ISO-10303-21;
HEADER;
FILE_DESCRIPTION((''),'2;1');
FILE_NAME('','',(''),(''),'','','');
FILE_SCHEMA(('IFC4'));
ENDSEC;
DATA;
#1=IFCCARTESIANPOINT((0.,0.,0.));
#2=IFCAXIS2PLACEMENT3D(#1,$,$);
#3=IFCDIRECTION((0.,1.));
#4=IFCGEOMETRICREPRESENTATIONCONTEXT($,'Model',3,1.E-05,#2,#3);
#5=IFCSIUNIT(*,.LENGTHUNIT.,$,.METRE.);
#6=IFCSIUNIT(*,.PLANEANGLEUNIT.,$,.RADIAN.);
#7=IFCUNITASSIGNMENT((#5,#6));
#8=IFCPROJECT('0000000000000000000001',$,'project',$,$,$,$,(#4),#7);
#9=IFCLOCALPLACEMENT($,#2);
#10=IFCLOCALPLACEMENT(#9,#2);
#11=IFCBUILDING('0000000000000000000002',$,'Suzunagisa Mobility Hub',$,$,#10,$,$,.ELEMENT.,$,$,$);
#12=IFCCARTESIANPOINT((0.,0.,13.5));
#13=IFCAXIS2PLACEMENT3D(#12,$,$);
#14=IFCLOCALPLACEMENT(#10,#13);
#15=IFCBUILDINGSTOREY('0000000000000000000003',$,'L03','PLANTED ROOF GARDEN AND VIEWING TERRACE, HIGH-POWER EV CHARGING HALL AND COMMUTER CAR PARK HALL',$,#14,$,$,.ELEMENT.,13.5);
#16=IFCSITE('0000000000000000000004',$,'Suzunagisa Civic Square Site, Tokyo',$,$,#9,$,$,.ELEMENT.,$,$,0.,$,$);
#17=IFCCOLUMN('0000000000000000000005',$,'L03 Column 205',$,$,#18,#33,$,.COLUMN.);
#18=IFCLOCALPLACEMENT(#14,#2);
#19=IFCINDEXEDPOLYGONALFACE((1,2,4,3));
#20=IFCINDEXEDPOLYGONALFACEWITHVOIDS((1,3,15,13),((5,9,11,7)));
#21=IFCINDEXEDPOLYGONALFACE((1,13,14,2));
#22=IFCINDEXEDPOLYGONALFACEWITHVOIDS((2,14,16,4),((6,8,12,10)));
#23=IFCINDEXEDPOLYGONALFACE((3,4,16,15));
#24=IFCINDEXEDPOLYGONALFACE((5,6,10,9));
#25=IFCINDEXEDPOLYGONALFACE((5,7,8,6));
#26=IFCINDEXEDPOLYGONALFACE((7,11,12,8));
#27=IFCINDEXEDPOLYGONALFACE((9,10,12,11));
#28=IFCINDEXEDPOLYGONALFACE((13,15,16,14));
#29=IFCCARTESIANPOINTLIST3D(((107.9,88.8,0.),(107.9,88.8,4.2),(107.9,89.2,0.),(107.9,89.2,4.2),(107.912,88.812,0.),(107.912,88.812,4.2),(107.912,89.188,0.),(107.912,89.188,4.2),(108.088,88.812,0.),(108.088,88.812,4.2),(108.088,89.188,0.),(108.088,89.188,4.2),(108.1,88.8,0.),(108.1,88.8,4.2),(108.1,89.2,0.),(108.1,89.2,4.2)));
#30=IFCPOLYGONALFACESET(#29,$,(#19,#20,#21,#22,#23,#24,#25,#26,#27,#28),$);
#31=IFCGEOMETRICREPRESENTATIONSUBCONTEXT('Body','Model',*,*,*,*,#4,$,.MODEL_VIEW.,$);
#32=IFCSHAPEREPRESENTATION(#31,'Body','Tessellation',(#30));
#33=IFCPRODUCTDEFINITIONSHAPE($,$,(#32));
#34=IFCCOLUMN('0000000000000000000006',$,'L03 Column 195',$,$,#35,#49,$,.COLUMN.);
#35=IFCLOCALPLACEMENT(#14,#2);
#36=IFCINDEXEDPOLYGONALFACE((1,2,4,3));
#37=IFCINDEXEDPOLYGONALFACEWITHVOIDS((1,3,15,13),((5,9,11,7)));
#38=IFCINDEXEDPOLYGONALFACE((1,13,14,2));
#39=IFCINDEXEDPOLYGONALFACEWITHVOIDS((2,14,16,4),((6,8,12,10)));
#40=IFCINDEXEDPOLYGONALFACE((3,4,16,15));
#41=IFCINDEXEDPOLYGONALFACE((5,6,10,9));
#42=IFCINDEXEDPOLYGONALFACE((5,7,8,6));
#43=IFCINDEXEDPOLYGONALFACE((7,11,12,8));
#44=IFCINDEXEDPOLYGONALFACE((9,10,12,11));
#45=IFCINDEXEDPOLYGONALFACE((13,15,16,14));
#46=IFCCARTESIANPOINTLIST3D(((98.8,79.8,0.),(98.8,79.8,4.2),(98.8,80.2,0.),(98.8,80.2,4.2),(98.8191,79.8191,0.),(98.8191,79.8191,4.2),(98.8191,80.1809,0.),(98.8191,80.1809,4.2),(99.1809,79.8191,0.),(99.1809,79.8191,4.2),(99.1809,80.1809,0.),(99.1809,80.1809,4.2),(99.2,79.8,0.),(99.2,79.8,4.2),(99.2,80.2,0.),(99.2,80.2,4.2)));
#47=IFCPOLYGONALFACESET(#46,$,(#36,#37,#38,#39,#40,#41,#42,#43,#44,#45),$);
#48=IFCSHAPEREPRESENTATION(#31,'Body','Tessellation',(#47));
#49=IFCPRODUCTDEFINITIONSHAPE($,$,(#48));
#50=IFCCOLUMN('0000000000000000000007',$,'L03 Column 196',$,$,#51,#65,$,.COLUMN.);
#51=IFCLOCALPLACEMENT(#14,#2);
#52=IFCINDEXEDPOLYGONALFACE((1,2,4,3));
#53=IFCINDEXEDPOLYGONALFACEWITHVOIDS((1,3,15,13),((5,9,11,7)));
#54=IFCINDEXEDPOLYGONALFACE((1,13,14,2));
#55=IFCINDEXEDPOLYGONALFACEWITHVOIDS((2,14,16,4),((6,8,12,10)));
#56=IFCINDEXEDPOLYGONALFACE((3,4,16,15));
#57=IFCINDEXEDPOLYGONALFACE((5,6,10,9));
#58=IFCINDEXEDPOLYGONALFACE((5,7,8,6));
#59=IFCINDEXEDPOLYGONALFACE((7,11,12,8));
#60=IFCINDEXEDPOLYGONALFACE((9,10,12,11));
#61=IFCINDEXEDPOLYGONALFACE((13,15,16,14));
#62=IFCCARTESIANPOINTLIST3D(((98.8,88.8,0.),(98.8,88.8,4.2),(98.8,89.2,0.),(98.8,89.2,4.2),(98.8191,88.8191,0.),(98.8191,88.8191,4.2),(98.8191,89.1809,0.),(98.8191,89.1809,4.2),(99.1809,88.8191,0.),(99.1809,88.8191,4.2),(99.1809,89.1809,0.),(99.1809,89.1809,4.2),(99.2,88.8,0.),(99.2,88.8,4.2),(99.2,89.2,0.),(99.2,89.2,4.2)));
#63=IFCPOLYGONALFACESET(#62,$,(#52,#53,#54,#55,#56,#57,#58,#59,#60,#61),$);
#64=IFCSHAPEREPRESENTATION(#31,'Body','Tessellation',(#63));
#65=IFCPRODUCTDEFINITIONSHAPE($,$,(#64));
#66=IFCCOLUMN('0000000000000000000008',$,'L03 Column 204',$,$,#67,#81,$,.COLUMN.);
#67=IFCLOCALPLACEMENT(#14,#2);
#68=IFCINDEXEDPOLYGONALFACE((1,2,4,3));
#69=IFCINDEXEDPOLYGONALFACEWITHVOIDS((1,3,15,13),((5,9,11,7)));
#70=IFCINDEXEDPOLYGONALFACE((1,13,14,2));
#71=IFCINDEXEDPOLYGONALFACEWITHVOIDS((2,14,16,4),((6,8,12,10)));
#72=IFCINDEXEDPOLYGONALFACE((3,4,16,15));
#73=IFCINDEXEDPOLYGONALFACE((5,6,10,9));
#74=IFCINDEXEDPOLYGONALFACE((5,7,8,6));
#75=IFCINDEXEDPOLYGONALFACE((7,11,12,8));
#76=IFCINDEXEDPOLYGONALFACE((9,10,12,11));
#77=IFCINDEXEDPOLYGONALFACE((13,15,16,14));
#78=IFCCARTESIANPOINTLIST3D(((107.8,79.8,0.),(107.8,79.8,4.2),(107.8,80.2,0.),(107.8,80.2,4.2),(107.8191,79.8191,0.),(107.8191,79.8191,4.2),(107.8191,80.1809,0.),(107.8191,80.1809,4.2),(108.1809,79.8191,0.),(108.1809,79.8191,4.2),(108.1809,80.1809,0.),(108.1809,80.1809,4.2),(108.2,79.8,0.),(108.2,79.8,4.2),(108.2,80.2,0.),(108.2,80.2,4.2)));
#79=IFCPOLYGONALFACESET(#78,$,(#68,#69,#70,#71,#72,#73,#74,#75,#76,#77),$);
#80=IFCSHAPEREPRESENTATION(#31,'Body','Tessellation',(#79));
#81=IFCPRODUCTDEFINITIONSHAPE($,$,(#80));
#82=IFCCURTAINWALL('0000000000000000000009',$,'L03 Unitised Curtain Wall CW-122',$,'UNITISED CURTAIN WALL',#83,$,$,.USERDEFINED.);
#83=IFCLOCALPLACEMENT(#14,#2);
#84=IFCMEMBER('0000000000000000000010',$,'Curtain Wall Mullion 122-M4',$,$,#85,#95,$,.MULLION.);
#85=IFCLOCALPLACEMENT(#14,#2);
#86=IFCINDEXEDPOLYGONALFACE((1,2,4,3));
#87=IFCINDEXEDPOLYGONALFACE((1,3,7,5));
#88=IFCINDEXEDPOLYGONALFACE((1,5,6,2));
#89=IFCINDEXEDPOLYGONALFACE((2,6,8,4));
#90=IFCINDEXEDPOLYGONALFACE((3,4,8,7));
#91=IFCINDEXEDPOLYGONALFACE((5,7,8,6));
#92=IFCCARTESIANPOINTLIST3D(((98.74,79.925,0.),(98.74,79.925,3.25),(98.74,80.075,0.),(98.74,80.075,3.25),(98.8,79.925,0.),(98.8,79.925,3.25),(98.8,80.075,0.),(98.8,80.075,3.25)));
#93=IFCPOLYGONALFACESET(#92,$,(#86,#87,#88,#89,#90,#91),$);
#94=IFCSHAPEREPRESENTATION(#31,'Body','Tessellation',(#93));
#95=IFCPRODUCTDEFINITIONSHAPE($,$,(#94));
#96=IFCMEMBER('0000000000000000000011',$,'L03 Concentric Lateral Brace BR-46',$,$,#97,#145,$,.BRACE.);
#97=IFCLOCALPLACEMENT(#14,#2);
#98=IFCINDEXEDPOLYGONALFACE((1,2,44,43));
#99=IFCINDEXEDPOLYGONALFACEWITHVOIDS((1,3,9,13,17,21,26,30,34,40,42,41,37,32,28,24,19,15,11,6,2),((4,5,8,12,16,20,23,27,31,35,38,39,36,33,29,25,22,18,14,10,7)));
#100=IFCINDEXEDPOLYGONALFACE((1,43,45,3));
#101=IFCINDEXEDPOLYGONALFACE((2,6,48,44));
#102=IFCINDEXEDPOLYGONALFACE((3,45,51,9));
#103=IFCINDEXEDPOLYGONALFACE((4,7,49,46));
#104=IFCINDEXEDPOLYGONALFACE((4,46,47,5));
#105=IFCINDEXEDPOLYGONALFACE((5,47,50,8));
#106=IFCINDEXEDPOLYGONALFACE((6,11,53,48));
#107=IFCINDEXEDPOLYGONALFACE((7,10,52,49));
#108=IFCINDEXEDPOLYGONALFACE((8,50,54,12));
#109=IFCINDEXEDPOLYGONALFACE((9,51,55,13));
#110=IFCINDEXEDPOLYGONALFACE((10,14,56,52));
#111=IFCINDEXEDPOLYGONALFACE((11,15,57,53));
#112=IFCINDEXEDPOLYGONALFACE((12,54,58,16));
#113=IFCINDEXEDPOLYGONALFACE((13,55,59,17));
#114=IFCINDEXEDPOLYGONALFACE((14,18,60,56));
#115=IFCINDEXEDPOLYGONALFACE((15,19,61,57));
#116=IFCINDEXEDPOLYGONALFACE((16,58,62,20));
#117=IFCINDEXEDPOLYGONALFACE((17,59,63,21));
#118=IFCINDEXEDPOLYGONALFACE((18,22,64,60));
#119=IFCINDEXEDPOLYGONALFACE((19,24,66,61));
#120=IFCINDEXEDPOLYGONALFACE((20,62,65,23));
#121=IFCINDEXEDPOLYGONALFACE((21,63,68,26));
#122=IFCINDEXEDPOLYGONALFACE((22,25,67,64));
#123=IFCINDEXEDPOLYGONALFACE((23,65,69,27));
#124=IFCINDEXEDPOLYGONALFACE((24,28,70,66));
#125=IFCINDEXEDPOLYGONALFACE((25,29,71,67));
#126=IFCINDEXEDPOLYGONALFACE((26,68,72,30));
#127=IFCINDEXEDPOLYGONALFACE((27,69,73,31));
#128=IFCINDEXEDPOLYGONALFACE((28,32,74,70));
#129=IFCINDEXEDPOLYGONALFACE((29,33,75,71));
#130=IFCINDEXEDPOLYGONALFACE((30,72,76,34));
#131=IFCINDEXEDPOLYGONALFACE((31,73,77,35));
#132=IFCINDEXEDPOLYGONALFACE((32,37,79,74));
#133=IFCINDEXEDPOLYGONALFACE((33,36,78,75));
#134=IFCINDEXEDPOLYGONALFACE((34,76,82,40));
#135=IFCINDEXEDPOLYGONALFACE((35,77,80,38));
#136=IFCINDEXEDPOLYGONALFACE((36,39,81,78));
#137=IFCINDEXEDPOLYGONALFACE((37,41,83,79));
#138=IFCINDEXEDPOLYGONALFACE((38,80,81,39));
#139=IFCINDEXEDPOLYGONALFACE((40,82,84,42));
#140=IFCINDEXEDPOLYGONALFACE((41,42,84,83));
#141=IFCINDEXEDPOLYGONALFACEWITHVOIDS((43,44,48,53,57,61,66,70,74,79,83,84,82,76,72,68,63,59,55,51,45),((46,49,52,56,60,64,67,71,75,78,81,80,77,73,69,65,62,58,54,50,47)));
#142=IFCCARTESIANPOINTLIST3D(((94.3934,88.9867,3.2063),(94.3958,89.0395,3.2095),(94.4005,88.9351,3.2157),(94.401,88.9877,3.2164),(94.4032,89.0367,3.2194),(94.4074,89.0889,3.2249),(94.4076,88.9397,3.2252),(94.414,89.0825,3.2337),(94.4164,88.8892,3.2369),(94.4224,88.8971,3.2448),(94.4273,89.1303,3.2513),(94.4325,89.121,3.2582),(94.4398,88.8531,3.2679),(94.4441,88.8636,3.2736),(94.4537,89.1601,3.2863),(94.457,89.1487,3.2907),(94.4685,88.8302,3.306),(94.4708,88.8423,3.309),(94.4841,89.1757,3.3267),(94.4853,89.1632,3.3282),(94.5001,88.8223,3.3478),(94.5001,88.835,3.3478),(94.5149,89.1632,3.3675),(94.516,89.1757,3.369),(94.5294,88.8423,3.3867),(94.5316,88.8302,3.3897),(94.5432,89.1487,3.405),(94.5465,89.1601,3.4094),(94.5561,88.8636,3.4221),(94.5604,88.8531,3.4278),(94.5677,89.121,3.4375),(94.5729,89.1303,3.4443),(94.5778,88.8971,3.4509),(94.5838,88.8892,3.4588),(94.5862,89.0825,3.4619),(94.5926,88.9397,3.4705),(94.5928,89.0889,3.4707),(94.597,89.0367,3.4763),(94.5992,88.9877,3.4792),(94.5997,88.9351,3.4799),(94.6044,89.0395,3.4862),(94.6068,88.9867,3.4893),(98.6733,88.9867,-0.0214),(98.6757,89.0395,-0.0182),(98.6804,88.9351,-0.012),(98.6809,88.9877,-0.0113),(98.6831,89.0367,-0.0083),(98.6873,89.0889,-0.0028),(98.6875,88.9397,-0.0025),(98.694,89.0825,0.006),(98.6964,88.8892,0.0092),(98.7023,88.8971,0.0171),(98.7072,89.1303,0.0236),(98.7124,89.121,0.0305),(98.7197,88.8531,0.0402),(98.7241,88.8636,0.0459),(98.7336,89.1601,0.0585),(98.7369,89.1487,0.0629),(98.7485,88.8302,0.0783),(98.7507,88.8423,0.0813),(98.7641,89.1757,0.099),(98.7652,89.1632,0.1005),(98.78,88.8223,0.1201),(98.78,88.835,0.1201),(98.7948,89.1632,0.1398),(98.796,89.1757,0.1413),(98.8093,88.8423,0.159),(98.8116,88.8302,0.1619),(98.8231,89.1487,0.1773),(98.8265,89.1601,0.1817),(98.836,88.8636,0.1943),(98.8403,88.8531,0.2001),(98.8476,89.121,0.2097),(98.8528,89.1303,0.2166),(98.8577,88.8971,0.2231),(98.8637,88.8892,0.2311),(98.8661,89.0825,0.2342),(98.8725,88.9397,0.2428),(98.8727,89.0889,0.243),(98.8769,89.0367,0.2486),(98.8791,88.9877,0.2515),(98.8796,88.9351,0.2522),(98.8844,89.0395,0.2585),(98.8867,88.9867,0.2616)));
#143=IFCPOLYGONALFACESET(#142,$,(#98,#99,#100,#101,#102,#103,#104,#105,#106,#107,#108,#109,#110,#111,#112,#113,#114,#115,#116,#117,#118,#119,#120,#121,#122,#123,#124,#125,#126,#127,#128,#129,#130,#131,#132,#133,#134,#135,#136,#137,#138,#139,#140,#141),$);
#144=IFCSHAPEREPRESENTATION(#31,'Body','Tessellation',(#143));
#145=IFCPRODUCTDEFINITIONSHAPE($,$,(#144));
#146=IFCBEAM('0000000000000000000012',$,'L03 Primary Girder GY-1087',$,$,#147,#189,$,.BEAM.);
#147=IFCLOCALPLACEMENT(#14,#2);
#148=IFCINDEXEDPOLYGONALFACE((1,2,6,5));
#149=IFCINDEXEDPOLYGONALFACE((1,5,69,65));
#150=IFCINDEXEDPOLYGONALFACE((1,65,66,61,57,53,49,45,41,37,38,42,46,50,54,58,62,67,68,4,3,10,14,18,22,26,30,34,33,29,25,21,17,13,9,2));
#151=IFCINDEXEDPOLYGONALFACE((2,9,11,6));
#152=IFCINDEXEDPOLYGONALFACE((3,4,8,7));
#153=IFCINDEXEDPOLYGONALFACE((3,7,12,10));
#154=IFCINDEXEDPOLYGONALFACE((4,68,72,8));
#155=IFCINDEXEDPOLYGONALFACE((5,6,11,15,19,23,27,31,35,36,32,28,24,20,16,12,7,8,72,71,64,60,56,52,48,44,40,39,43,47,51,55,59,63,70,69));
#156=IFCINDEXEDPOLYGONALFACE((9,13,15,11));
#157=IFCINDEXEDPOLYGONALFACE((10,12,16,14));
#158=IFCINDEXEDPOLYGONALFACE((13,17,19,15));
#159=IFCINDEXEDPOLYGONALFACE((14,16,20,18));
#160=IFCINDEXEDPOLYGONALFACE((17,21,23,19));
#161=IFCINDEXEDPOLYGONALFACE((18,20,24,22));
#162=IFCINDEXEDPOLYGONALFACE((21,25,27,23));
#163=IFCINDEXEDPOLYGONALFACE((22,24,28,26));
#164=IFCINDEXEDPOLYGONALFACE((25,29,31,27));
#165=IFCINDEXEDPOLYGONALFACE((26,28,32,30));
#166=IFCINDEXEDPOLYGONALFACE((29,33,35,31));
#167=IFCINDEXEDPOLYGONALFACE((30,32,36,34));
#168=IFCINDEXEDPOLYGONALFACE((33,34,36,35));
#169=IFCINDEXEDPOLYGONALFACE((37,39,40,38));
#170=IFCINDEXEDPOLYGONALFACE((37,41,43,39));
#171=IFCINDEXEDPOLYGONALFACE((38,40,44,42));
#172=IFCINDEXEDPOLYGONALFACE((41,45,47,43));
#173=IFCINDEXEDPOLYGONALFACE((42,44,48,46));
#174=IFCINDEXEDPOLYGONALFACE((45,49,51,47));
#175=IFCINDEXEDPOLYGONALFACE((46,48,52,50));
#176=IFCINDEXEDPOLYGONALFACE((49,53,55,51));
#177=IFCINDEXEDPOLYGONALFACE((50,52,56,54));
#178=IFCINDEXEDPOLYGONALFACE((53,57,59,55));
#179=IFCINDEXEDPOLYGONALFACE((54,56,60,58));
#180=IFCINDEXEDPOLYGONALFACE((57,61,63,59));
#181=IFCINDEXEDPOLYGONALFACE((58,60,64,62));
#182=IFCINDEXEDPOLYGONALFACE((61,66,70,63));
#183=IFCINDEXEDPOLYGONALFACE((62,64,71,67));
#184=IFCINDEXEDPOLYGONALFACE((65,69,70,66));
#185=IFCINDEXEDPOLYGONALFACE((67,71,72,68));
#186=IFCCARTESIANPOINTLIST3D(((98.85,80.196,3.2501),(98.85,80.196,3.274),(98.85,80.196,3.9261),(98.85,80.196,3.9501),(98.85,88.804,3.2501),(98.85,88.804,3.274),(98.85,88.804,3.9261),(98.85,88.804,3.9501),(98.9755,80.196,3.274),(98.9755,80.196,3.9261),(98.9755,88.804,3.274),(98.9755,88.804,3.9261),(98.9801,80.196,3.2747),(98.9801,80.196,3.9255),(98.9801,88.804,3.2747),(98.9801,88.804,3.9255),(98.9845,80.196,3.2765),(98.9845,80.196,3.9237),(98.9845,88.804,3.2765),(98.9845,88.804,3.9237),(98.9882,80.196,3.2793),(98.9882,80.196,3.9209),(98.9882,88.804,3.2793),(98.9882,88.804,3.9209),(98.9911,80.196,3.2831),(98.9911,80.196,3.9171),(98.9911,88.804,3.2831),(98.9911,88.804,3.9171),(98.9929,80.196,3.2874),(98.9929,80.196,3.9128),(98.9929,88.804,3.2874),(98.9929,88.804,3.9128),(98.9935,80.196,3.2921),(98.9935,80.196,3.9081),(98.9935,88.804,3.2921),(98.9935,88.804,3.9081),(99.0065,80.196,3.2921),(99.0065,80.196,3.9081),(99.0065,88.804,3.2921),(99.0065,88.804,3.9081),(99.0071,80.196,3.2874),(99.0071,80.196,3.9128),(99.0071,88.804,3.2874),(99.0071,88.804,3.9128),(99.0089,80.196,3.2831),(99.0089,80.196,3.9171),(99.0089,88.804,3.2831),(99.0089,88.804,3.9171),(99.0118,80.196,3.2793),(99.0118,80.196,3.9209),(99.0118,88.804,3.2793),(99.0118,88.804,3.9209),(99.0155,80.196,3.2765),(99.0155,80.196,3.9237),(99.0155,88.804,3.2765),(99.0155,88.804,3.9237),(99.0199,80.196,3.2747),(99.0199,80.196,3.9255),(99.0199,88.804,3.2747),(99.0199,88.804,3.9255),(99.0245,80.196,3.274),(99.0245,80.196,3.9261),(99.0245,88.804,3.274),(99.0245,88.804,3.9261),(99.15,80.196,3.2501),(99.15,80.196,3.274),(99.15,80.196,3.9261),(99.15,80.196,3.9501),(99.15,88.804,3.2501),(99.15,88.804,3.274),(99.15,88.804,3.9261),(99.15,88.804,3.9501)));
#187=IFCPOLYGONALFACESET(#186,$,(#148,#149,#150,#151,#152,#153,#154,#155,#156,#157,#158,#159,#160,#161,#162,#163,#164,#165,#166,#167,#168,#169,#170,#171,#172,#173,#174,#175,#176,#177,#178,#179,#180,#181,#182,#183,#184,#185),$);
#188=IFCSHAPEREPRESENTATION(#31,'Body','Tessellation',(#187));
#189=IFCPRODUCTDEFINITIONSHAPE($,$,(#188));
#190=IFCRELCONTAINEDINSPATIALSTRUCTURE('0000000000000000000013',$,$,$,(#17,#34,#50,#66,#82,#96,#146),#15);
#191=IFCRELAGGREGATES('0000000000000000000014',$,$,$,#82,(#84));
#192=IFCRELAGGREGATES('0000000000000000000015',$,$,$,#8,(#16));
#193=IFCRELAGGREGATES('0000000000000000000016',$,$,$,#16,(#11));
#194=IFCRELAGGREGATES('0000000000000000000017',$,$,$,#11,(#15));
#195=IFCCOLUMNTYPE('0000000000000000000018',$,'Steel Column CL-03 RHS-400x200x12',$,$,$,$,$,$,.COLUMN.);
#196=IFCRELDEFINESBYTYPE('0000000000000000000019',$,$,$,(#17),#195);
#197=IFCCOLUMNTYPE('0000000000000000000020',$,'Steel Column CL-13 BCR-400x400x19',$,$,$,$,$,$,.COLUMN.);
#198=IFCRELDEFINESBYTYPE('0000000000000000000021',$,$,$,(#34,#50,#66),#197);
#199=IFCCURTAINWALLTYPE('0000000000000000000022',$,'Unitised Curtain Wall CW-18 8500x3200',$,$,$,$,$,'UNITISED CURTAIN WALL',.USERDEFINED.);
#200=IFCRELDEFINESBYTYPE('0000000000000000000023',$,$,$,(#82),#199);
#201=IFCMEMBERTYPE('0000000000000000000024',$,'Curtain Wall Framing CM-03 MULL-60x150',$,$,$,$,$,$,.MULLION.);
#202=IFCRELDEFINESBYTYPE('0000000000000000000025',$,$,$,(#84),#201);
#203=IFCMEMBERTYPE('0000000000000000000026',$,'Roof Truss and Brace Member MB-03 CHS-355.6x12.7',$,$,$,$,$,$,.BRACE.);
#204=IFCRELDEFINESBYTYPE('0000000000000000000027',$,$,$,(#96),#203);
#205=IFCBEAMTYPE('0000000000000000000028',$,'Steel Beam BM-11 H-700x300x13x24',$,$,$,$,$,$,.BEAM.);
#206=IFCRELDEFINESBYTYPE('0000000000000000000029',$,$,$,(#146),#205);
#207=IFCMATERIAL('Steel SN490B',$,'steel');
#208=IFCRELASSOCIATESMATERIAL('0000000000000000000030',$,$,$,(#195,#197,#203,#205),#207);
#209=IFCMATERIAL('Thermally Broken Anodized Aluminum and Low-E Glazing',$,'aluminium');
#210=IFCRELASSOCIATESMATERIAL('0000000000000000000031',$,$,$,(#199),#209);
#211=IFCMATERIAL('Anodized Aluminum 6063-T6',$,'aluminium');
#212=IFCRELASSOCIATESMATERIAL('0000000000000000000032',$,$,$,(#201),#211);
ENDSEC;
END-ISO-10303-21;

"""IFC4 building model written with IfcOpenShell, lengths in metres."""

from ifc_helpers import new_model, si_unit, direction, frame, origin, origin_2d, place, context, subcontext, project, spatial, rectangle, hollow_rectangle, hollow_circle, i_section, extrude, material, material_profile, profile_set, type_object, element, aggregate, save


model = new_model("IFC4")

# Units and contexts
model_context = context("Model", 3, precision=1e-05, world=origin(), true_north=direction((0.0, 1.0)))
body_context = subcontext(model_context, "Body", "Model", "MODEL_VIEW")
ifc_project = project(units=[si_unit("LENGTHUNIT", "METRE"), si_unit("PLANEANGLEUNIT", "RADIAN")], contexts=[model_context])

# Site, building, storey
site_placement = place(None, origin())
site = spatial("IfcSite", under=ifc_project, at=site_placement, Name="Suzunagisa Civic Square Site, Tokyo", CompositionType="ELEMENT", RefElevation=0.0)
building_placement = place(site_placement, origin())
building = spatial("IfcBuilding", under=site, at=building_placement, Name="Suzunagisa Mobility Hub", CompositionType="ELEMENT")
storey_placement = place(building_placement, frame((0.0, 0.0, 13.5)))
storey = spatial("IfcBuildingStorey", under=building, at=storey_placement, Name="L03", Description="PLANTED ROOF GARDEN AND VIEWING TERRACE, HIGH-POWER EV CHARGING HALL AND COMMUTER CAR PARK HALL", CompositionType="ELEMENT", Elevation=13.5)

# Columns
ifc_material_1 = material(Name="Steel SN490B", Category="steel")
ifc_material_profile_1 = material_profile(ifc_material_1, hollow_rectangle(XDim=0.2, YDim=0.3999, WallThickness=0.012, at=origin_2d()), Name="RHS-400x200x12")
ifc_profile_set_1 = profile_set([ifc_material_profile_1], Name="Steel SN490B")
column_type_1 = type_object("IfcColumnType", Name="Steel Column CL-03 RHS-400x200x12", PredefinedType="COLUMN", material=ifc_profile_set_1)
column_placement = place(storey_placement, frame((108.0, 89.0, 0.0), z_axis=(0.0, 0.0, 1.0), x_axis=(1.0, 0.0, 0.0)))
element("IfcColumn", 1, at=column_placement, inside=storey, type_object=column_type_1, Name="L03 Column 205", PredefinedType="COLUMN", context=body_context, shape_type="SweptSolid", body=[
    extrude(hollow_rectangle(XDim=0.2, YDim=0.3999, WallThickness=0.012, at=origin_2d()), origin(), (0.0, 0.0, 1.0), 4.2),
])
ifc_material_profile_2 = material_profile(ifc_material_1, hollow_rectangle(XDim=0.3999, YDim=0.3999, WallThickness=0.019, at=origin_2d()), Name="BCR-400x400x19")
ifc_profile_set_2 = profile_set([ifc_material_profile_2], Name="Steel SN490B")
column_type_2 = type_object("IfcColumnType", Name="Steel Column CL-13 BCR-400x400x19", PredefinedType="COLUMN", material=ifc_profile_set_2)
for number, where, z_axis, x_axis, name in (
    (2, (99.0, 80.0, 0.0), (0.0, 0.0, 1.0), (1.0, 0.0, 0.0), "L03 Column 195"),
    (3, (99.0, 89.0, 0.0), (0.0, 0.0, 1.0), (1.0, 0.0, 0.0), "L03 Column 196"),
    (4, (108.0, 80.0, 0.0), (0.0, 0.0, 1.0), (1.0, 0.0, 0.0), "L03 Column 204"),
):
    element("IfcColumn", number, at=place(storey_placement, frame(where, z_axis=z_axis, x_axis=x_axis)), inside=storey, type_object=column_type_2, Name=name, PredefinedType="COLUMN", context=body_context, shape_type="SweptSolid", body=[
        extrude(hollow_rectangle(XDim=0.3999, YDim=0.3999, WallThickness=0.019, at=origin_2d()), origin(), (0.0, 0.0, 1.0), 4.2),
    ])

# Curtain wall, member
ifc_material_2 = material(Name="Thermally Broken Anodized Aluminum and Low-E Glazing", Category="aluminium")
curtain_wall_type = type_object("IfcCurtainWallType", Name="Unitised Curtain Wall CW-18 8500x3200", ElementType="UNITISED CURTAIN WALL", PredefinedType="USERDEFINED", material=ifc_material_2)
curtain_wall_placement = place(storey_placement, origin())
curtain_wall = element("IfcCurtainWall", 5, at=curtain_wall_placement, inside=storey, type_object=curtain_wall_type, Name="L03 Unitised Curtain Wall CW-122", ObjectType="UNITISED CURTAIN WALL", PredefinedType="USERDEFINED")
ifc_material_3 = material(Name="Anodized Aluminum 6063-T6", Category="aluminium")
ifc_material_profile_3 = material_profile(ifc_material_3, rectangle(XDim=0.0601, YDim=0.1499, at=origin_2d()), Name="MULL-60x150")
ifc_profile_set_3 = profile_set([ifc_material_profile_3], Name="Anodized Aluminum 6063-T6")
member_type_1 = type_object("IfcMemberType", Name="Curtain Wall Framing CM-03 MULL-60x150", PredefinedType="MULLION", material=ifc_profile_set_3)
member_1_placement = place(storey_placement, frame((98.77, 80.0, 0.0), z_axis=(0.0, 0.0, 1.0), x_axis=(1.0, 0.0, 0.0)))
member_1 = element("IfcMember", 6, at=member_1_placement, type_object=member_type_1, Name="Curtain Wall Mullion 122-M4", PredefinedType="MULLION", context=body_context, shape_type="SweptSolid", body=[
    extrude(rectangle(XDim=0.0601, YDim=0.1499, at=origin_2d()), origin(), (0.0, 0.0, 1.0), 3.25),
])
aggregate(curtain_wall, [member_1])

# Member
ifc_material_profile_4 = material_profile(ifc_material_1, hollow_circle(Radius=0.1777, WallThickness=0.0127, at=origin_2d()), Name="CHS-355.6x12.7")
ifc_profile_set_4 = profile_set([ifc_material_profile_4], Name="Steel SN490B")
member_type_2 = type_object("IfcMemberType", Name="Roof Truss and Brace Member MB-03 CHS-355.6x12.7", PredefinedType="BRACE", material=ifc_profile_set_4)
member_2_placement = place(storey_placement, frame((98.78, 89.0, 0.1201), z_axis=(-0.798407, 0.0, 0.602118), x_axis=(0.0, -1.0, 0.0)))
element("IfcMember", 7, at=member_2_placement, inside=storey, type_object=member_type_2, Name="L03 Concentric Lateral Brace BR-46", PredefinedType="BRACE", context=body_context, shape_type="SweptSolid", body=[
    extrude(hollow_circle(Radius=0.1777, WallThickness=0.0127, at=origin_2d()), origin(), (0.0, 0.0, 1.0), 5.3606),
])

# Beam
ifc_material_profile_5 = material_profile(ifc_material_1, i_section(OverallWidth=0.3, OverallDepth=0.7, WebThickness=0.0129, FlangeThickness=0.0239, FilletRadius=0.0181, at=origin_2d()), Name="H-700x300x13x24")
ifc_profile_set_5 = profile_set([ifc_material_profile_5], Name="Steel SN490B")
beam_type_1 = type_object("IfcBeamType", Name="Steel Beam BM-11 H-700x300x13x24", PredefinedType="BEAM", material=ifc_profile_set_5)
for number, where, z_axis, x_axis, name in (
    (8, (99.0, 80.196, 3.6001), (0.0, 1.0, 0.0), (-1.0, 0.0, 0.0), "L03 Primary Girder GY-1087"),
):
    element("IfcBeam", number, at=place(storey_placement, frame(where, z_axis=z_axis, x_axis=x_axis)), inside=storey, type_object=beam_type_1, Name=name, PredefinedType="BEAM", context=body_context, shape_type="SweptSolid", body=[
        extrude(i_section(OverallWidth=0.3, OverallDepth=0.7, WebThickness=0.0129, FlangeThickness=0.0239, FilletRadius=0.0181, at=origin_2d()), origin(), (0.0, 0.0, 1.0), 8.6079),
    ])

save(model, "model.ifc")
